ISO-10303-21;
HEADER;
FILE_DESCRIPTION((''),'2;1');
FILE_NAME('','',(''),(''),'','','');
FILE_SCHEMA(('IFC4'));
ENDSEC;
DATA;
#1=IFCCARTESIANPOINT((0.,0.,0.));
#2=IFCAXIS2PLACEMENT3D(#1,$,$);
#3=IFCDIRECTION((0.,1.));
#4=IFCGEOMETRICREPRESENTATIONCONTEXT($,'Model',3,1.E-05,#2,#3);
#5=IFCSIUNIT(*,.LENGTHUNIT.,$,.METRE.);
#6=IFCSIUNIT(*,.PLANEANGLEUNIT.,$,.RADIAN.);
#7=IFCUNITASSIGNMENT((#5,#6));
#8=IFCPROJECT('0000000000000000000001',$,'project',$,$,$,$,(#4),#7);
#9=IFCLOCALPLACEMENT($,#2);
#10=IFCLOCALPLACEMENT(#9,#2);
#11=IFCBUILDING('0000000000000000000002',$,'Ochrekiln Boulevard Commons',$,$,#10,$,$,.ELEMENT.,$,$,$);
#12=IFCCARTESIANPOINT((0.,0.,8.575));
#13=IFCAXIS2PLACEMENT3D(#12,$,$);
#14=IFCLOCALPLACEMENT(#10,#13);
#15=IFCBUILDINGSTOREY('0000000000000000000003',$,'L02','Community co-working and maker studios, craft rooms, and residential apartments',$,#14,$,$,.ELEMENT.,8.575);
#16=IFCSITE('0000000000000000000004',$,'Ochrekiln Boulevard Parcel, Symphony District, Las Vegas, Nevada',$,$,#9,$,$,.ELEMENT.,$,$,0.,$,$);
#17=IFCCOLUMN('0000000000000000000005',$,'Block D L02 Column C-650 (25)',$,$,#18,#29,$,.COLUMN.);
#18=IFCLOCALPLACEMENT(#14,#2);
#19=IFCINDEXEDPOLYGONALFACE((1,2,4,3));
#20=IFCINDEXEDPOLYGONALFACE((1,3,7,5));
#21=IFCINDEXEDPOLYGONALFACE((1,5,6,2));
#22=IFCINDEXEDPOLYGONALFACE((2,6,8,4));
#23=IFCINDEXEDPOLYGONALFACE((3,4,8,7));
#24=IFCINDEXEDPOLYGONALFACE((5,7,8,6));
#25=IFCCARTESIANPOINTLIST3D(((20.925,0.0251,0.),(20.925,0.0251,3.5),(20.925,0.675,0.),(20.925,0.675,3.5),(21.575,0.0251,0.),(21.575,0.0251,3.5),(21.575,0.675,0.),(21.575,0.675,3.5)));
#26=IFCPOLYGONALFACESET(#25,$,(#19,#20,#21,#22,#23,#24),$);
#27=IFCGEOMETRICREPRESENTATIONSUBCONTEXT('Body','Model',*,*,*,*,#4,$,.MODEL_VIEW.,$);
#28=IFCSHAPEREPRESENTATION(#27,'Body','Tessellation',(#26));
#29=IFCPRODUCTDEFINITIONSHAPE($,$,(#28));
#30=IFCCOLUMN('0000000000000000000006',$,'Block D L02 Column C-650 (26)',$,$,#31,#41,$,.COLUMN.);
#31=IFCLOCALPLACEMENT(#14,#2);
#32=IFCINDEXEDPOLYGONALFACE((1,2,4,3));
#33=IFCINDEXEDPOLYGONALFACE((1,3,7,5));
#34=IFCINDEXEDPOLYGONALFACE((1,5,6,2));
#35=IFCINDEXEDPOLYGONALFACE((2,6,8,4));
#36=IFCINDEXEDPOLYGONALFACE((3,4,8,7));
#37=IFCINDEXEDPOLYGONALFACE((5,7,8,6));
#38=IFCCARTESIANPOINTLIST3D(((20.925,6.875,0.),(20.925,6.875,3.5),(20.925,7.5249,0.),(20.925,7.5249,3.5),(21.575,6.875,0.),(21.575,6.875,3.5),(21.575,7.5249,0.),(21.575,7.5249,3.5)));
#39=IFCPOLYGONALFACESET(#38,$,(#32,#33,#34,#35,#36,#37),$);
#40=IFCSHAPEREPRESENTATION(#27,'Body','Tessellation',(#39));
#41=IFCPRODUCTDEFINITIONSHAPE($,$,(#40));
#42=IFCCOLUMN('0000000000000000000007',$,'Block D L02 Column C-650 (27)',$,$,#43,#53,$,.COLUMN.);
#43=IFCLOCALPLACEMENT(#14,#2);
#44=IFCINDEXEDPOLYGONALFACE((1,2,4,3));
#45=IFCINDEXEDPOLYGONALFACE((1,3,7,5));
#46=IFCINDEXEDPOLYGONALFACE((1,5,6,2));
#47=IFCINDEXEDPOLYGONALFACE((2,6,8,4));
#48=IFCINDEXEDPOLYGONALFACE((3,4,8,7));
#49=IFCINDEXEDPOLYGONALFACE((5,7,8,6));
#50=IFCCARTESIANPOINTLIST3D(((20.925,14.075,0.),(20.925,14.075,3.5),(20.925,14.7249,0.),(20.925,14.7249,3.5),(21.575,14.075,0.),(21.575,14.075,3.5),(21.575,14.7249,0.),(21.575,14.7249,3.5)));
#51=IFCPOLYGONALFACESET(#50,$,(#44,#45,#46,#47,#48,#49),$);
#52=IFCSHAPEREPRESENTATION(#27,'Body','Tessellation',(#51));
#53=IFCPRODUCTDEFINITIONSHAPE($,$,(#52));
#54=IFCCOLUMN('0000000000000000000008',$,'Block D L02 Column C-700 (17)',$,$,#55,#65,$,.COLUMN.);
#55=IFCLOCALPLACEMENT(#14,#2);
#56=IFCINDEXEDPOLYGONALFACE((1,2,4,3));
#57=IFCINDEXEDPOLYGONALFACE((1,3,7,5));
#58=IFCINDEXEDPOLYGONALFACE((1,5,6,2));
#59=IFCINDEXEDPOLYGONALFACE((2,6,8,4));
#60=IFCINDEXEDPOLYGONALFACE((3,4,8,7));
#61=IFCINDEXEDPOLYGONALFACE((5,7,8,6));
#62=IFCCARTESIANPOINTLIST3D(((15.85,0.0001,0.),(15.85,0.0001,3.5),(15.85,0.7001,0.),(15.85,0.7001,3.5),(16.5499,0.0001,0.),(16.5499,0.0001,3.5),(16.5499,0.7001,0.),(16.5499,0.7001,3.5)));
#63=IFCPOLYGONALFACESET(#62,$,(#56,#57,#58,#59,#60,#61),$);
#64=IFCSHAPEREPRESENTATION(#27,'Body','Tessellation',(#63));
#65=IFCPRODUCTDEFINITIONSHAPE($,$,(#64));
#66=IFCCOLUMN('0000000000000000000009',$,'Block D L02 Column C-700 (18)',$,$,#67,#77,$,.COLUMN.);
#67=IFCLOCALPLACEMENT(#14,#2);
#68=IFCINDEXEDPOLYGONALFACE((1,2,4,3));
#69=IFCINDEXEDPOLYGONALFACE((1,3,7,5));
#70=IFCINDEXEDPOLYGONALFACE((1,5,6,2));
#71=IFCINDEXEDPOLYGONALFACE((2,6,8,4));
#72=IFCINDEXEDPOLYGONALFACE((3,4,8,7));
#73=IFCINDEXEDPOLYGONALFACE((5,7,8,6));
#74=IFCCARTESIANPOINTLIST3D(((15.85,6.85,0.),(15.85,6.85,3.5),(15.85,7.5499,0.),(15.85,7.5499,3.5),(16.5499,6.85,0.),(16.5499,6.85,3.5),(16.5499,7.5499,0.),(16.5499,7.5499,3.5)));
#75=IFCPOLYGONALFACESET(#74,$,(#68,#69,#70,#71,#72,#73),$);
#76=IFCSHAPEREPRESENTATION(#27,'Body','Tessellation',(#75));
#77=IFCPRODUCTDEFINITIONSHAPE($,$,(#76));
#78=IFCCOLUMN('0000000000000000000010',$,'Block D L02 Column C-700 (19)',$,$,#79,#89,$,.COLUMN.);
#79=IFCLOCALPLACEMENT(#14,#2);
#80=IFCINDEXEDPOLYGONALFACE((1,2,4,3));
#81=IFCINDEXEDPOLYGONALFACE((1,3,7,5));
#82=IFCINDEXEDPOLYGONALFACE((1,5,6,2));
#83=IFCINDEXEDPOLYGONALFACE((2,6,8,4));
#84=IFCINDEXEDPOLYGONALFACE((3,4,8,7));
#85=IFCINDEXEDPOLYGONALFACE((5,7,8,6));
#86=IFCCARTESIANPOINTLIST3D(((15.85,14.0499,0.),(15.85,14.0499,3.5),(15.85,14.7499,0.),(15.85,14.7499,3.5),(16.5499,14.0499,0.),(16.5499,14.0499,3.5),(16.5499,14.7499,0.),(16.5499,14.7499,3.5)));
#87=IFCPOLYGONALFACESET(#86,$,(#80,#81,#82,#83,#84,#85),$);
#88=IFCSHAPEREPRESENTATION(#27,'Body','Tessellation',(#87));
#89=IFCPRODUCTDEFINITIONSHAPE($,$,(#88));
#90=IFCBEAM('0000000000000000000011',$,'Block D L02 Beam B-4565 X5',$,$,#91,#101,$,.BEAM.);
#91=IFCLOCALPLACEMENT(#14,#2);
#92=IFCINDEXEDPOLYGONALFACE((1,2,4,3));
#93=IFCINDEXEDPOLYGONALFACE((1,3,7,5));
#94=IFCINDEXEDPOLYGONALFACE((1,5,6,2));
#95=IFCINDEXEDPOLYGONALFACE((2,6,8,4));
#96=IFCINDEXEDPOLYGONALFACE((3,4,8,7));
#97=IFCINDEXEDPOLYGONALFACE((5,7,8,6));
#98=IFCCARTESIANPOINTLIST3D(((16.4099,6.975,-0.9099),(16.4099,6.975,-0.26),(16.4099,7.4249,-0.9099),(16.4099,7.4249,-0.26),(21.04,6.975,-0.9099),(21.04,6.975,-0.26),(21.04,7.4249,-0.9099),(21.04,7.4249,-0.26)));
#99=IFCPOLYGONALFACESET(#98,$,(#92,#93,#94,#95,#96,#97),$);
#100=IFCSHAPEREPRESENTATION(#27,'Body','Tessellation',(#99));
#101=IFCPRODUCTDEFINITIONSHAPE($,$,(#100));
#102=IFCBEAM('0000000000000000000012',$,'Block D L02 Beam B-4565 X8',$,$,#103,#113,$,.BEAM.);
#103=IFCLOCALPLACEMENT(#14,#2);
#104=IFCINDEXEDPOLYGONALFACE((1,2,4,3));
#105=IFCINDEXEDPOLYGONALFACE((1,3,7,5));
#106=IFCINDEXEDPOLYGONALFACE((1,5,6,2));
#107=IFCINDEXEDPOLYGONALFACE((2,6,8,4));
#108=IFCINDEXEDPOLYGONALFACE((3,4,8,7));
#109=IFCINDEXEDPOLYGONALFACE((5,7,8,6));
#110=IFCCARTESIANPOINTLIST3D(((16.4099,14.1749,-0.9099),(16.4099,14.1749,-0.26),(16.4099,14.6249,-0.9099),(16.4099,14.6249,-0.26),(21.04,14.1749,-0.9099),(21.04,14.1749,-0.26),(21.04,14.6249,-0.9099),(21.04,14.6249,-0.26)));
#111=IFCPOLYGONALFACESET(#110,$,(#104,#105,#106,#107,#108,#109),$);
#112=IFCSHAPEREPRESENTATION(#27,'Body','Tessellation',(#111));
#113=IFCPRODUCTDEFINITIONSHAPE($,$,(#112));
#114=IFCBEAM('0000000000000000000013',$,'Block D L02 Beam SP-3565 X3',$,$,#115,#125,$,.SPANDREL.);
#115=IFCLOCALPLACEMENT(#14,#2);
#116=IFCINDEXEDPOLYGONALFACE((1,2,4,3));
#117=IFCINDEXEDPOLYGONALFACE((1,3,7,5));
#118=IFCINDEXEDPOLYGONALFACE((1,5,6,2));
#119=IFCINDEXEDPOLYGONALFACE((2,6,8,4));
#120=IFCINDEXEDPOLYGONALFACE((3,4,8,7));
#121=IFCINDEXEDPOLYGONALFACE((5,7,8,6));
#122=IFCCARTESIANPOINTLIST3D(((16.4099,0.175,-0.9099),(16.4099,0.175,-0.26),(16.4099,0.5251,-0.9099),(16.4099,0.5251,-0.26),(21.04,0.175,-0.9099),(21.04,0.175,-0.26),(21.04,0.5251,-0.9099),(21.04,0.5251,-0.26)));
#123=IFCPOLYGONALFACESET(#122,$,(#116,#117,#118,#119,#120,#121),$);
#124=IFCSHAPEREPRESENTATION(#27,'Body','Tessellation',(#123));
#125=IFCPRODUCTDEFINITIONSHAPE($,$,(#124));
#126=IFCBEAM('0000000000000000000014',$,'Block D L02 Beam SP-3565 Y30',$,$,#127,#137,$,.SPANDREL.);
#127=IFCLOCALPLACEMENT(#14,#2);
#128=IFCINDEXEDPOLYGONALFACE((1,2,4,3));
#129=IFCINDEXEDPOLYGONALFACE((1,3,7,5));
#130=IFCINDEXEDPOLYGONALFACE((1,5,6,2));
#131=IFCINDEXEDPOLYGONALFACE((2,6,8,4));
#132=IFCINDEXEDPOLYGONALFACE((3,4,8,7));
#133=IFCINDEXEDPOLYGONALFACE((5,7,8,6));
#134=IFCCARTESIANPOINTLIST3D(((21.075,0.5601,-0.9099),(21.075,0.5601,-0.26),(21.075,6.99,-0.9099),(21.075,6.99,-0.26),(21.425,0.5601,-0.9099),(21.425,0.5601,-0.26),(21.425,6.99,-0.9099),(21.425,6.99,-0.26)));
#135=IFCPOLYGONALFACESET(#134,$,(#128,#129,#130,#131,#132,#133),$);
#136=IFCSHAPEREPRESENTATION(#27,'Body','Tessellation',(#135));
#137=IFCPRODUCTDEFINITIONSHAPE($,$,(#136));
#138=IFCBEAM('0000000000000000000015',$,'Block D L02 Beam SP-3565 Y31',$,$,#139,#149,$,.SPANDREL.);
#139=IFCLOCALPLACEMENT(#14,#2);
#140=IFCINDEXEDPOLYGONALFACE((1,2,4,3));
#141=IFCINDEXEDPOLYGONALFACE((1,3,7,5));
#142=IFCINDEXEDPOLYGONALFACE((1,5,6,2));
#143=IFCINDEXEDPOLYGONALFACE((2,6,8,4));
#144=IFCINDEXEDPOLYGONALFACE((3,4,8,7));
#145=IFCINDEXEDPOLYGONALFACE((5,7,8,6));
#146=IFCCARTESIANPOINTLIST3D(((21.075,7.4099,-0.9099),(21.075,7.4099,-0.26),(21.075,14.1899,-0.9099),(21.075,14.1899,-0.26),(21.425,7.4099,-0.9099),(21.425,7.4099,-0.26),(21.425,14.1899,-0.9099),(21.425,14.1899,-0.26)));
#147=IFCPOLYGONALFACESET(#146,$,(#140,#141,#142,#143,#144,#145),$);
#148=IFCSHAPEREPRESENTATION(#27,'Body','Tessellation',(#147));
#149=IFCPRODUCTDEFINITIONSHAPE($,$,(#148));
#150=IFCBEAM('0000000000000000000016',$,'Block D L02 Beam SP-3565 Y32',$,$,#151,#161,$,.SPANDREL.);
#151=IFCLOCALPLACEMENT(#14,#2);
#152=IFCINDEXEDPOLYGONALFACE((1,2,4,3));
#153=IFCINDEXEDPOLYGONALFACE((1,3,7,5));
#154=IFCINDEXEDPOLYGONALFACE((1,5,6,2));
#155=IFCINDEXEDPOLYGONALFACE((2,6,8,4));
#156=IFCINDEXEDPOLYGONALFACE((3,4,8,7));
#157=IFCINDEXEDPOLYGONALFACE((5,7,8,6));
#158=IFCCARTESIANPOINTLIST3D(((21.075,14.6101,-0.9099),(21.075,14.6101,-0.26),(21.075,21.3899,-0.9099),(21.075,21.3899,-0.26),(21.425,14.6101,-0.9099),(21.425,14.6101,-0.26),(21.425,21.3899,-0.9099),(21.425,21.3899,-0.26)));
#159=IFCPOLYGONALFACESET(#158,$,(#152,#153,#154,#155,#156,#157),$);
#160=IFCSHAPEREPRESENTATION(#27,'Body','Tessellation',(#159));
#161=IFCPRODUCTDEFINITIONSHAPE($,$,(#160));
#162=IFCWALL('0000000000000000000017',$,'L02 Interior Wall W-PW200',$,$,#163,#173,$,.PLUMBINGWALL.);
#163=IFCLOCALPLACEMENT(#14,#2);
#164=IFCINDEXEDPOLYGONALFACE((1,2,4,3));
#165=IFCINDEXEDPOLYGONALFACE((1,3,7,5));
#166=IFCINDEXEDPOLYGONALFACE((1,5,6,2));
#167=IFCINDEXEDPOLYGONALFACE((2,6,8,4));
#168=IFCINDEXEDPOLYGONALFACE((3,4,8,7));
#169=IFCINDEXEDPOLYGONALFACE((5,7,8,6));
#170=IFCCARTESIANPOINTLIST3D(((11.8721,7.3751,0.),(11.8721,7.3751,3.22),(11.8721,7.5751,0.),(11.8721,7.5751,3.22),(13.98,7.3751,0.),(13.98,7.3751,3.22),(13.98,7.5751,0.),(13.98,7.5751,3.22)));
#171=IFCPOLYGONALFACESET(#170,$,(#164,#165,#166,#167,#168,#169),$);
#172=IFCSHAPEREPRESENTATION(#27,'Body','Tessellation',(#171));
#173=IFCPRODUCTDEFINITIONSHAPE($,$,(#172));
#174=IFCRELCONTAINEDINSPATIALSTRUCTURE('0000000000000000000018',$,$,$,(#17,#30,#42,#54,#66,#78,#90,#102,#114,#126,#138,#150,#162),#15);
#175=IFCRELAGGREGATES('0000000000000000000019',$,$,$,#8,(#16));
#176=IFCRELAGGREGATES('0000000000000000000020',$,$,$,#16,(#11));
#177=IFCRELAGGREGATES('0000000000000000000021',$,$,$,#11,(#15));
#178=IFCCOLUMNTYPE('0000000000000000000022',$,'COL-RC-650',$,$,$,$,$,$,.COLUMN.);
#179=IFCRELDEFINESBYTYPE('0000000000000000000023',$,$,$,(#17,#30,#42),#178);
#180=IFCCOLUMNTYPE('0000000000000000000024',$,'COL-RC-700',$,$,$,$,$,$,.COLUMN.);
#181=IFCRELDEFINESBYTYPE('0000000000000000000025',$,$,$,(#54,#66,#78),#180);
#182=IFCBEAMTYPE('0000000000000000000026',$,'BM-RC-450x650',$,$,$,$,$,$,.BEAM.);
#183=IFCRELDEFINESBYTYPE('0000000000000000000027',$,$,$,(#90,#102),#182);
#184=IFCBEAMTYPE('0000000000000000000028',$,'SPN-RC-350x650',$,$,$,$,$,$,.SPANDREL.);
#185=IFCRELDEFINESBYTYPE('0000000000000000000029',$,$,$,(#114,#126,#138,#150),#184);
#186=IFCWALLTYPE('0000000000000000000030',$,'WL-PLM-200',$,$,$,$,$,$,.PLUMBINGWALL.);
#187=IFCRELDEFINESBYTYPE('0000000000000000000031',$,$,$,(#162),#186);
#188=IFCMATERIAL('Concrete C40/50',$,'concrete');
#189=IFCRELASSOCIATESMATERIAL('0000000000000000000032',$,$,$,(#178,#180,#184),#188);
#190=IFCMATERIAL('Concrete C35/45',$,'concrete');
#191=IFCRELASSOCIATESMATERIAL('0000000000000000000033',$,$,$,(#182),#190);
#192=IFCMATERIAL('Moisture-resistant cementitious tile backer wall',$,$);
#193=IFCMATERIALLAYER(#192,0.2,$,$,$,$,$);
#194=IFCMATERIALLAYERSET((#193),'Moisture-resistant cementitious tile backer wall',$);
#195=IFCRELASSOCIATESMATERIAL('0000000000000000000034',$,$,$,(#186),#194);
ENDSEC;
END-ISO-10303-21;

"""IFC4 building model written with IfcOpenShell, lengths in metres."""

from ifc_helpers import new_model, si_unit, direction, frame, frame_2d, origin, origin_2d, place, context, subcontext, project, spatial, rectangle, extrude, material, layer, layer_set, material_profile, profile_set, type_object, element, save


model = new_model("IFC4")

# Units and contexts
model_context = context("Model", 3, precision=1e-05, world=origin(), true_north=direction((0.0, 1.0)))
body_context = subcontext(model_context, "Body", "Model", "MODEL_VIEW")
ifc_project = project(units=[si_unit("LENGTHUNIT", "METRE"), si_unit("PLANEANGLEUNIT", "RADIAN")], contexts=[model_context])

# Site, building, storey
site_placement = place(None, origin())
site = spatial("IfcSite", under=ifc_project, at=site_placement, Name="Ochrekiln Boulevard Parcel, Symphony District, Las Vegas, Nevada", CompositionType="ELEMENT", RefElevation=0.0)
building_placement = place(site_placement, origin())
building = spatial("IfcBuilding", under=site, at=building_placement, Name="Ochrekiln Boulevard Commons", CompositionType="ELEMENT")
storey_placement = place(building_placement, frame((0.0, 0.0, 8.575)))
storey = spatial("IfcBuildingStorey", under=building, at=storey_placement, Name="L02", Description="Community co-working and maker studios, craft rooms, and residential apartments", CompositionType="ELEMENT", Elevation=8.575)

# Columns
ifc_material_1 = material(Name="Concrete C40/50", Category="concrete")
ifc_material_profile_1 = material_profile(ifc_material_1, rectangle(XDim=0.6499, YDim=0.6499, at=origin_2d()), Name="RC-COL-650x650")
ifc_profile_set_1 = profile_set([ifc_material_profile_1], Name="Concrete C40/50")
column_type_1 = type_object("IfcColumnType", Name="COL-RC-650", PredefinedType="COLUMN", material=ifc_profile_set_1)
for number, where, z_axis, x_axis, name in (
    (1, (21.25, 0.3501, 0.0), (0.0, 0.0, 1.0), (1.0, 0.0, 0.0), "Block D L02 Column C-650 (25)"),
    (2, (21.25, 7.2, 0.0), (0.0, 0.0, 1.0), (1.0, 0.0, 0.0), "Block D L02 Column C-650 (26)"),
    (3, (21.25, 14.3999, 0.0), (0.0, 0.0, 1.0), (1.0, 0.0, 0.0), "Block D L02 Column C-650 (27)"),
):
    element("IfcColumn", number, at=place(storey_placement, frame(where, z_axis=z_axis, x_axis=x_axis)), inside=storey, type_object=column_type_1, Name=name, PredefinedType="COLUMN", context=body_context, shape_type="SweptSolid", body=[
        extrude(rectangle(XDim=0.6499, YDim=0.6499, at=origin_2d()), origin(), (0.0, 0.0, 1.0), 3.5),
    ])
ifc_material_profile_2 = material_profile(ifc_material_1, rectangle(XDim=0.7, YDim=0.7, at=origin_2d()), Name="RC-COL-700x700")
ifc_profile_set_2 = profile_set([ifc_material_profile_2], Name="Concrete C40/50")
column_type_2 = type_object("IfcColumnType", Name="COL-RC-700", PredefinedType="COLUMN", material=ifc_profile_set_2)
for number, where, z_axis, x_axis, name in (
    (4, (16.2, 0.3501, 0.0), (0.0, 0.0, 1.0), (1.0, 0.0, 0.0), "Block D L02 Column C-700 (17)"),
    (5, (16.2, 7.2, 0.0), (0.0, 0.0, 1.0), (1.0, 0.0, 0.0), "Block D L02 Column C-700 (18)"),
    (6, (16.2, 14.3999, 0.0), (0.0, 0.0, 1.0), (1.0, 0.0, 0.0), "Block D L02 Column C-700 (19)"),
):
    element("IfcColumn", number, at=place(storey_placement, frame(where, z_axis=z_axis, x_axis=x_axis)), inside=storey, type_object=column_type_2, Name=name, PredefinedType="COLUMN", context=body_context, shape_type="SweptSolid", body=[
        extrude(rectangle(XDim=0.7, YDim=0.7, at=origin_2d()), origin(), (0.0, 0.0, 1.0), 3.5),
    ])

# Beams
ifc_material_2 = material(Name="Concrete C35/45", Category="concrete")
ifc_material_profile_3 = material_profile(ifc_material_2, rectangle(XDim=0.45, YDim=0.6499, at=origin_2d()), Name="RC-BM-450x650")
ifc_profile_set_3 = profile_set([ifc_material_profile_3], Name="Concrete C35/45")
beam_type_1 = type_object("IfcBeamType", Name="BM-RC-450x650", PredefinedType="BEAM", material=ifc_profile_set_3)
for number, where, z_axis, x_axis, name in (
    (7, (16.4099, 7.2, -0.585), (1.0, 0.0, 0.0), (0.0, 1.0, 0.0), "Block D L02 Beam B-4565 X5"),
    (8, (16.4099, 14.3999, -0.585), (1.0, 0.0, 0.0), (0.0, 1.0, 0.0), "Block D L02 Beam B-4565 X8"),
):
    element("IfcBeam", number, at=place(storey_placement, frame(where, z_axis=z_axis, x_axis=x_axis)), inside=storey, type_object=beam_type_1, Name=name, PredefinedType="BEAM", context=body_context, shape_type="SweptSolid", body=[
        extrude(rectangle(XDim=0.45, YDim=0.6499, at=origin_2d()), origin(), (0.0, 0.0, 1.0), 4.6301),
    ])
ifc_material_profile_4 = material_profile(ifc_material_1, rectangle(XDim=0.3501, YDim=0.6499, at=origin_2d()), Name="RC-SPN-350x650")
ifc_profile_set_4 = profile_set([ifc_material_profile_4], Name="Concrete C40/50")
beam_type_2 = type_object("IfcBeamType", Name="SPN-RC-350x650", PredefinedType="SPANDREL", material=ifc_profile_set_4)
beam_1_placement = place(storey_placement, frame((16.4099, 0.3501, -0.585), z_axis=(1.0, 0.0, 0.0), x_axis=(0.0, 1.0, 0.0)))
element("IfcBeam", 9, at=beam_1_placement, inside=storey, type_object=beam_type_2, Name="Block D L02 Beam SP-3565 X3", PredefinedType="SPANDREL", context=body_context, shape_type="SweptSolid", body=[
    extrude(rectangle(XDim=0.3501, YDim=0.6499, at=origin_2d()), origin(), (0.0, 0.0, 1.0), 4.6301),
])
beam_2_placement = place(storey_placement, frame((21.25, 0.5601, -0.585), z_axis=(0.0, 1.0, 0.0), x_axis=(-1.0, 0.0, 0.0)))
element("IfcBeam", 10, at=beam_2_placement, inside=storey, type_object=beam_type_2, Name="Block D L02 Beam SP-3565 Y30", PredefinedType="SPANDREL", context=body_context, shape_type="SweptSolid", body=[
    extrude(rectangle(XDim=0.3501, YDim=0.6499, at=origin_2d()), origin(), (0.0, 0.0, 1.0), 6.4299),
])
beam_3_placement = place(storey_placement, frame((21.25, 7.4099, -0.585), z_axis=(0.0, 1.0, 0.0), x_axis=(-1.0, 0.0, 0.0)))
element("IfcBeam", 11, at=beam_3_placement, inside=storey, type_object=beam_type_2, Name="Block D L02 Beam SP-3565 Y31", PredefinedType="SPANDREL", context=body_context, shape_type="SweptSolid", body=[
    extrude(rectangle(XDim=0.3501, YDim=0.6499, at=origin_2d()), origin(), (0.0, 0.0, 1.0), 6.78),
])
beam_4_placement = place(storey_placement, frame((21.25, 14.6101, -0.585), z_axis=(0.0, 1.0, 0.0), x_axis=(-1.0, 0.0, 0.0)))
element("IfcBeam", 12, at=beam_4_placement, inside=storey, type_object=beam_type_2, Name="Block D L02 Beam SP-3565 Y32", PredefinedType="SPANDREL", context=body_context, shape_type="SweptSolid", body=[
    extrude(rectangle(XDim=0.3501, YDim=0.6499, at=origin_2d()), origin(), (0.0, 0.0, 1.0), 6.7798),
])

# Wall
ifc_material_3 = material(Name="Moisture-resistant cementitious tile backer wall")
ifc_layer_1 = layer(ifc_material_3, 0.2)
ifc_layer_set_1 = layer_set([ifc_layer_1], Name="Moisture-resistant cementitious tile backer wall")
wall_type_1 = type_object("IfcWallType", Name="WL-PLM-200", PredefinedType="PLUMBINGWALL", material=ifc_layer_set_1)
wall_1_placement = place(storey_placement, frame((11.8721, 7.4751, 0.0), z_axis=(0.0, 0.0, 1.0), x_axis=(1.0, 0.0, 0.0)))
element("IfcWall", 13, at=wall_1_placement, inside=storey, type_object=wall_type_1, Name="L02 Interior Wall W-PW200", PredefinedType="PLUMBINGWALL", context=body_context, shape_type="SweptSolid", body=[
    extrude(rectangle(XDim=2.1079, YDim=0.2, at=frame_2d((1.054, 0.0))), origin(), (0.0, 0.0, 1.0), 3.22),
])

save(model, "model.ifc")
